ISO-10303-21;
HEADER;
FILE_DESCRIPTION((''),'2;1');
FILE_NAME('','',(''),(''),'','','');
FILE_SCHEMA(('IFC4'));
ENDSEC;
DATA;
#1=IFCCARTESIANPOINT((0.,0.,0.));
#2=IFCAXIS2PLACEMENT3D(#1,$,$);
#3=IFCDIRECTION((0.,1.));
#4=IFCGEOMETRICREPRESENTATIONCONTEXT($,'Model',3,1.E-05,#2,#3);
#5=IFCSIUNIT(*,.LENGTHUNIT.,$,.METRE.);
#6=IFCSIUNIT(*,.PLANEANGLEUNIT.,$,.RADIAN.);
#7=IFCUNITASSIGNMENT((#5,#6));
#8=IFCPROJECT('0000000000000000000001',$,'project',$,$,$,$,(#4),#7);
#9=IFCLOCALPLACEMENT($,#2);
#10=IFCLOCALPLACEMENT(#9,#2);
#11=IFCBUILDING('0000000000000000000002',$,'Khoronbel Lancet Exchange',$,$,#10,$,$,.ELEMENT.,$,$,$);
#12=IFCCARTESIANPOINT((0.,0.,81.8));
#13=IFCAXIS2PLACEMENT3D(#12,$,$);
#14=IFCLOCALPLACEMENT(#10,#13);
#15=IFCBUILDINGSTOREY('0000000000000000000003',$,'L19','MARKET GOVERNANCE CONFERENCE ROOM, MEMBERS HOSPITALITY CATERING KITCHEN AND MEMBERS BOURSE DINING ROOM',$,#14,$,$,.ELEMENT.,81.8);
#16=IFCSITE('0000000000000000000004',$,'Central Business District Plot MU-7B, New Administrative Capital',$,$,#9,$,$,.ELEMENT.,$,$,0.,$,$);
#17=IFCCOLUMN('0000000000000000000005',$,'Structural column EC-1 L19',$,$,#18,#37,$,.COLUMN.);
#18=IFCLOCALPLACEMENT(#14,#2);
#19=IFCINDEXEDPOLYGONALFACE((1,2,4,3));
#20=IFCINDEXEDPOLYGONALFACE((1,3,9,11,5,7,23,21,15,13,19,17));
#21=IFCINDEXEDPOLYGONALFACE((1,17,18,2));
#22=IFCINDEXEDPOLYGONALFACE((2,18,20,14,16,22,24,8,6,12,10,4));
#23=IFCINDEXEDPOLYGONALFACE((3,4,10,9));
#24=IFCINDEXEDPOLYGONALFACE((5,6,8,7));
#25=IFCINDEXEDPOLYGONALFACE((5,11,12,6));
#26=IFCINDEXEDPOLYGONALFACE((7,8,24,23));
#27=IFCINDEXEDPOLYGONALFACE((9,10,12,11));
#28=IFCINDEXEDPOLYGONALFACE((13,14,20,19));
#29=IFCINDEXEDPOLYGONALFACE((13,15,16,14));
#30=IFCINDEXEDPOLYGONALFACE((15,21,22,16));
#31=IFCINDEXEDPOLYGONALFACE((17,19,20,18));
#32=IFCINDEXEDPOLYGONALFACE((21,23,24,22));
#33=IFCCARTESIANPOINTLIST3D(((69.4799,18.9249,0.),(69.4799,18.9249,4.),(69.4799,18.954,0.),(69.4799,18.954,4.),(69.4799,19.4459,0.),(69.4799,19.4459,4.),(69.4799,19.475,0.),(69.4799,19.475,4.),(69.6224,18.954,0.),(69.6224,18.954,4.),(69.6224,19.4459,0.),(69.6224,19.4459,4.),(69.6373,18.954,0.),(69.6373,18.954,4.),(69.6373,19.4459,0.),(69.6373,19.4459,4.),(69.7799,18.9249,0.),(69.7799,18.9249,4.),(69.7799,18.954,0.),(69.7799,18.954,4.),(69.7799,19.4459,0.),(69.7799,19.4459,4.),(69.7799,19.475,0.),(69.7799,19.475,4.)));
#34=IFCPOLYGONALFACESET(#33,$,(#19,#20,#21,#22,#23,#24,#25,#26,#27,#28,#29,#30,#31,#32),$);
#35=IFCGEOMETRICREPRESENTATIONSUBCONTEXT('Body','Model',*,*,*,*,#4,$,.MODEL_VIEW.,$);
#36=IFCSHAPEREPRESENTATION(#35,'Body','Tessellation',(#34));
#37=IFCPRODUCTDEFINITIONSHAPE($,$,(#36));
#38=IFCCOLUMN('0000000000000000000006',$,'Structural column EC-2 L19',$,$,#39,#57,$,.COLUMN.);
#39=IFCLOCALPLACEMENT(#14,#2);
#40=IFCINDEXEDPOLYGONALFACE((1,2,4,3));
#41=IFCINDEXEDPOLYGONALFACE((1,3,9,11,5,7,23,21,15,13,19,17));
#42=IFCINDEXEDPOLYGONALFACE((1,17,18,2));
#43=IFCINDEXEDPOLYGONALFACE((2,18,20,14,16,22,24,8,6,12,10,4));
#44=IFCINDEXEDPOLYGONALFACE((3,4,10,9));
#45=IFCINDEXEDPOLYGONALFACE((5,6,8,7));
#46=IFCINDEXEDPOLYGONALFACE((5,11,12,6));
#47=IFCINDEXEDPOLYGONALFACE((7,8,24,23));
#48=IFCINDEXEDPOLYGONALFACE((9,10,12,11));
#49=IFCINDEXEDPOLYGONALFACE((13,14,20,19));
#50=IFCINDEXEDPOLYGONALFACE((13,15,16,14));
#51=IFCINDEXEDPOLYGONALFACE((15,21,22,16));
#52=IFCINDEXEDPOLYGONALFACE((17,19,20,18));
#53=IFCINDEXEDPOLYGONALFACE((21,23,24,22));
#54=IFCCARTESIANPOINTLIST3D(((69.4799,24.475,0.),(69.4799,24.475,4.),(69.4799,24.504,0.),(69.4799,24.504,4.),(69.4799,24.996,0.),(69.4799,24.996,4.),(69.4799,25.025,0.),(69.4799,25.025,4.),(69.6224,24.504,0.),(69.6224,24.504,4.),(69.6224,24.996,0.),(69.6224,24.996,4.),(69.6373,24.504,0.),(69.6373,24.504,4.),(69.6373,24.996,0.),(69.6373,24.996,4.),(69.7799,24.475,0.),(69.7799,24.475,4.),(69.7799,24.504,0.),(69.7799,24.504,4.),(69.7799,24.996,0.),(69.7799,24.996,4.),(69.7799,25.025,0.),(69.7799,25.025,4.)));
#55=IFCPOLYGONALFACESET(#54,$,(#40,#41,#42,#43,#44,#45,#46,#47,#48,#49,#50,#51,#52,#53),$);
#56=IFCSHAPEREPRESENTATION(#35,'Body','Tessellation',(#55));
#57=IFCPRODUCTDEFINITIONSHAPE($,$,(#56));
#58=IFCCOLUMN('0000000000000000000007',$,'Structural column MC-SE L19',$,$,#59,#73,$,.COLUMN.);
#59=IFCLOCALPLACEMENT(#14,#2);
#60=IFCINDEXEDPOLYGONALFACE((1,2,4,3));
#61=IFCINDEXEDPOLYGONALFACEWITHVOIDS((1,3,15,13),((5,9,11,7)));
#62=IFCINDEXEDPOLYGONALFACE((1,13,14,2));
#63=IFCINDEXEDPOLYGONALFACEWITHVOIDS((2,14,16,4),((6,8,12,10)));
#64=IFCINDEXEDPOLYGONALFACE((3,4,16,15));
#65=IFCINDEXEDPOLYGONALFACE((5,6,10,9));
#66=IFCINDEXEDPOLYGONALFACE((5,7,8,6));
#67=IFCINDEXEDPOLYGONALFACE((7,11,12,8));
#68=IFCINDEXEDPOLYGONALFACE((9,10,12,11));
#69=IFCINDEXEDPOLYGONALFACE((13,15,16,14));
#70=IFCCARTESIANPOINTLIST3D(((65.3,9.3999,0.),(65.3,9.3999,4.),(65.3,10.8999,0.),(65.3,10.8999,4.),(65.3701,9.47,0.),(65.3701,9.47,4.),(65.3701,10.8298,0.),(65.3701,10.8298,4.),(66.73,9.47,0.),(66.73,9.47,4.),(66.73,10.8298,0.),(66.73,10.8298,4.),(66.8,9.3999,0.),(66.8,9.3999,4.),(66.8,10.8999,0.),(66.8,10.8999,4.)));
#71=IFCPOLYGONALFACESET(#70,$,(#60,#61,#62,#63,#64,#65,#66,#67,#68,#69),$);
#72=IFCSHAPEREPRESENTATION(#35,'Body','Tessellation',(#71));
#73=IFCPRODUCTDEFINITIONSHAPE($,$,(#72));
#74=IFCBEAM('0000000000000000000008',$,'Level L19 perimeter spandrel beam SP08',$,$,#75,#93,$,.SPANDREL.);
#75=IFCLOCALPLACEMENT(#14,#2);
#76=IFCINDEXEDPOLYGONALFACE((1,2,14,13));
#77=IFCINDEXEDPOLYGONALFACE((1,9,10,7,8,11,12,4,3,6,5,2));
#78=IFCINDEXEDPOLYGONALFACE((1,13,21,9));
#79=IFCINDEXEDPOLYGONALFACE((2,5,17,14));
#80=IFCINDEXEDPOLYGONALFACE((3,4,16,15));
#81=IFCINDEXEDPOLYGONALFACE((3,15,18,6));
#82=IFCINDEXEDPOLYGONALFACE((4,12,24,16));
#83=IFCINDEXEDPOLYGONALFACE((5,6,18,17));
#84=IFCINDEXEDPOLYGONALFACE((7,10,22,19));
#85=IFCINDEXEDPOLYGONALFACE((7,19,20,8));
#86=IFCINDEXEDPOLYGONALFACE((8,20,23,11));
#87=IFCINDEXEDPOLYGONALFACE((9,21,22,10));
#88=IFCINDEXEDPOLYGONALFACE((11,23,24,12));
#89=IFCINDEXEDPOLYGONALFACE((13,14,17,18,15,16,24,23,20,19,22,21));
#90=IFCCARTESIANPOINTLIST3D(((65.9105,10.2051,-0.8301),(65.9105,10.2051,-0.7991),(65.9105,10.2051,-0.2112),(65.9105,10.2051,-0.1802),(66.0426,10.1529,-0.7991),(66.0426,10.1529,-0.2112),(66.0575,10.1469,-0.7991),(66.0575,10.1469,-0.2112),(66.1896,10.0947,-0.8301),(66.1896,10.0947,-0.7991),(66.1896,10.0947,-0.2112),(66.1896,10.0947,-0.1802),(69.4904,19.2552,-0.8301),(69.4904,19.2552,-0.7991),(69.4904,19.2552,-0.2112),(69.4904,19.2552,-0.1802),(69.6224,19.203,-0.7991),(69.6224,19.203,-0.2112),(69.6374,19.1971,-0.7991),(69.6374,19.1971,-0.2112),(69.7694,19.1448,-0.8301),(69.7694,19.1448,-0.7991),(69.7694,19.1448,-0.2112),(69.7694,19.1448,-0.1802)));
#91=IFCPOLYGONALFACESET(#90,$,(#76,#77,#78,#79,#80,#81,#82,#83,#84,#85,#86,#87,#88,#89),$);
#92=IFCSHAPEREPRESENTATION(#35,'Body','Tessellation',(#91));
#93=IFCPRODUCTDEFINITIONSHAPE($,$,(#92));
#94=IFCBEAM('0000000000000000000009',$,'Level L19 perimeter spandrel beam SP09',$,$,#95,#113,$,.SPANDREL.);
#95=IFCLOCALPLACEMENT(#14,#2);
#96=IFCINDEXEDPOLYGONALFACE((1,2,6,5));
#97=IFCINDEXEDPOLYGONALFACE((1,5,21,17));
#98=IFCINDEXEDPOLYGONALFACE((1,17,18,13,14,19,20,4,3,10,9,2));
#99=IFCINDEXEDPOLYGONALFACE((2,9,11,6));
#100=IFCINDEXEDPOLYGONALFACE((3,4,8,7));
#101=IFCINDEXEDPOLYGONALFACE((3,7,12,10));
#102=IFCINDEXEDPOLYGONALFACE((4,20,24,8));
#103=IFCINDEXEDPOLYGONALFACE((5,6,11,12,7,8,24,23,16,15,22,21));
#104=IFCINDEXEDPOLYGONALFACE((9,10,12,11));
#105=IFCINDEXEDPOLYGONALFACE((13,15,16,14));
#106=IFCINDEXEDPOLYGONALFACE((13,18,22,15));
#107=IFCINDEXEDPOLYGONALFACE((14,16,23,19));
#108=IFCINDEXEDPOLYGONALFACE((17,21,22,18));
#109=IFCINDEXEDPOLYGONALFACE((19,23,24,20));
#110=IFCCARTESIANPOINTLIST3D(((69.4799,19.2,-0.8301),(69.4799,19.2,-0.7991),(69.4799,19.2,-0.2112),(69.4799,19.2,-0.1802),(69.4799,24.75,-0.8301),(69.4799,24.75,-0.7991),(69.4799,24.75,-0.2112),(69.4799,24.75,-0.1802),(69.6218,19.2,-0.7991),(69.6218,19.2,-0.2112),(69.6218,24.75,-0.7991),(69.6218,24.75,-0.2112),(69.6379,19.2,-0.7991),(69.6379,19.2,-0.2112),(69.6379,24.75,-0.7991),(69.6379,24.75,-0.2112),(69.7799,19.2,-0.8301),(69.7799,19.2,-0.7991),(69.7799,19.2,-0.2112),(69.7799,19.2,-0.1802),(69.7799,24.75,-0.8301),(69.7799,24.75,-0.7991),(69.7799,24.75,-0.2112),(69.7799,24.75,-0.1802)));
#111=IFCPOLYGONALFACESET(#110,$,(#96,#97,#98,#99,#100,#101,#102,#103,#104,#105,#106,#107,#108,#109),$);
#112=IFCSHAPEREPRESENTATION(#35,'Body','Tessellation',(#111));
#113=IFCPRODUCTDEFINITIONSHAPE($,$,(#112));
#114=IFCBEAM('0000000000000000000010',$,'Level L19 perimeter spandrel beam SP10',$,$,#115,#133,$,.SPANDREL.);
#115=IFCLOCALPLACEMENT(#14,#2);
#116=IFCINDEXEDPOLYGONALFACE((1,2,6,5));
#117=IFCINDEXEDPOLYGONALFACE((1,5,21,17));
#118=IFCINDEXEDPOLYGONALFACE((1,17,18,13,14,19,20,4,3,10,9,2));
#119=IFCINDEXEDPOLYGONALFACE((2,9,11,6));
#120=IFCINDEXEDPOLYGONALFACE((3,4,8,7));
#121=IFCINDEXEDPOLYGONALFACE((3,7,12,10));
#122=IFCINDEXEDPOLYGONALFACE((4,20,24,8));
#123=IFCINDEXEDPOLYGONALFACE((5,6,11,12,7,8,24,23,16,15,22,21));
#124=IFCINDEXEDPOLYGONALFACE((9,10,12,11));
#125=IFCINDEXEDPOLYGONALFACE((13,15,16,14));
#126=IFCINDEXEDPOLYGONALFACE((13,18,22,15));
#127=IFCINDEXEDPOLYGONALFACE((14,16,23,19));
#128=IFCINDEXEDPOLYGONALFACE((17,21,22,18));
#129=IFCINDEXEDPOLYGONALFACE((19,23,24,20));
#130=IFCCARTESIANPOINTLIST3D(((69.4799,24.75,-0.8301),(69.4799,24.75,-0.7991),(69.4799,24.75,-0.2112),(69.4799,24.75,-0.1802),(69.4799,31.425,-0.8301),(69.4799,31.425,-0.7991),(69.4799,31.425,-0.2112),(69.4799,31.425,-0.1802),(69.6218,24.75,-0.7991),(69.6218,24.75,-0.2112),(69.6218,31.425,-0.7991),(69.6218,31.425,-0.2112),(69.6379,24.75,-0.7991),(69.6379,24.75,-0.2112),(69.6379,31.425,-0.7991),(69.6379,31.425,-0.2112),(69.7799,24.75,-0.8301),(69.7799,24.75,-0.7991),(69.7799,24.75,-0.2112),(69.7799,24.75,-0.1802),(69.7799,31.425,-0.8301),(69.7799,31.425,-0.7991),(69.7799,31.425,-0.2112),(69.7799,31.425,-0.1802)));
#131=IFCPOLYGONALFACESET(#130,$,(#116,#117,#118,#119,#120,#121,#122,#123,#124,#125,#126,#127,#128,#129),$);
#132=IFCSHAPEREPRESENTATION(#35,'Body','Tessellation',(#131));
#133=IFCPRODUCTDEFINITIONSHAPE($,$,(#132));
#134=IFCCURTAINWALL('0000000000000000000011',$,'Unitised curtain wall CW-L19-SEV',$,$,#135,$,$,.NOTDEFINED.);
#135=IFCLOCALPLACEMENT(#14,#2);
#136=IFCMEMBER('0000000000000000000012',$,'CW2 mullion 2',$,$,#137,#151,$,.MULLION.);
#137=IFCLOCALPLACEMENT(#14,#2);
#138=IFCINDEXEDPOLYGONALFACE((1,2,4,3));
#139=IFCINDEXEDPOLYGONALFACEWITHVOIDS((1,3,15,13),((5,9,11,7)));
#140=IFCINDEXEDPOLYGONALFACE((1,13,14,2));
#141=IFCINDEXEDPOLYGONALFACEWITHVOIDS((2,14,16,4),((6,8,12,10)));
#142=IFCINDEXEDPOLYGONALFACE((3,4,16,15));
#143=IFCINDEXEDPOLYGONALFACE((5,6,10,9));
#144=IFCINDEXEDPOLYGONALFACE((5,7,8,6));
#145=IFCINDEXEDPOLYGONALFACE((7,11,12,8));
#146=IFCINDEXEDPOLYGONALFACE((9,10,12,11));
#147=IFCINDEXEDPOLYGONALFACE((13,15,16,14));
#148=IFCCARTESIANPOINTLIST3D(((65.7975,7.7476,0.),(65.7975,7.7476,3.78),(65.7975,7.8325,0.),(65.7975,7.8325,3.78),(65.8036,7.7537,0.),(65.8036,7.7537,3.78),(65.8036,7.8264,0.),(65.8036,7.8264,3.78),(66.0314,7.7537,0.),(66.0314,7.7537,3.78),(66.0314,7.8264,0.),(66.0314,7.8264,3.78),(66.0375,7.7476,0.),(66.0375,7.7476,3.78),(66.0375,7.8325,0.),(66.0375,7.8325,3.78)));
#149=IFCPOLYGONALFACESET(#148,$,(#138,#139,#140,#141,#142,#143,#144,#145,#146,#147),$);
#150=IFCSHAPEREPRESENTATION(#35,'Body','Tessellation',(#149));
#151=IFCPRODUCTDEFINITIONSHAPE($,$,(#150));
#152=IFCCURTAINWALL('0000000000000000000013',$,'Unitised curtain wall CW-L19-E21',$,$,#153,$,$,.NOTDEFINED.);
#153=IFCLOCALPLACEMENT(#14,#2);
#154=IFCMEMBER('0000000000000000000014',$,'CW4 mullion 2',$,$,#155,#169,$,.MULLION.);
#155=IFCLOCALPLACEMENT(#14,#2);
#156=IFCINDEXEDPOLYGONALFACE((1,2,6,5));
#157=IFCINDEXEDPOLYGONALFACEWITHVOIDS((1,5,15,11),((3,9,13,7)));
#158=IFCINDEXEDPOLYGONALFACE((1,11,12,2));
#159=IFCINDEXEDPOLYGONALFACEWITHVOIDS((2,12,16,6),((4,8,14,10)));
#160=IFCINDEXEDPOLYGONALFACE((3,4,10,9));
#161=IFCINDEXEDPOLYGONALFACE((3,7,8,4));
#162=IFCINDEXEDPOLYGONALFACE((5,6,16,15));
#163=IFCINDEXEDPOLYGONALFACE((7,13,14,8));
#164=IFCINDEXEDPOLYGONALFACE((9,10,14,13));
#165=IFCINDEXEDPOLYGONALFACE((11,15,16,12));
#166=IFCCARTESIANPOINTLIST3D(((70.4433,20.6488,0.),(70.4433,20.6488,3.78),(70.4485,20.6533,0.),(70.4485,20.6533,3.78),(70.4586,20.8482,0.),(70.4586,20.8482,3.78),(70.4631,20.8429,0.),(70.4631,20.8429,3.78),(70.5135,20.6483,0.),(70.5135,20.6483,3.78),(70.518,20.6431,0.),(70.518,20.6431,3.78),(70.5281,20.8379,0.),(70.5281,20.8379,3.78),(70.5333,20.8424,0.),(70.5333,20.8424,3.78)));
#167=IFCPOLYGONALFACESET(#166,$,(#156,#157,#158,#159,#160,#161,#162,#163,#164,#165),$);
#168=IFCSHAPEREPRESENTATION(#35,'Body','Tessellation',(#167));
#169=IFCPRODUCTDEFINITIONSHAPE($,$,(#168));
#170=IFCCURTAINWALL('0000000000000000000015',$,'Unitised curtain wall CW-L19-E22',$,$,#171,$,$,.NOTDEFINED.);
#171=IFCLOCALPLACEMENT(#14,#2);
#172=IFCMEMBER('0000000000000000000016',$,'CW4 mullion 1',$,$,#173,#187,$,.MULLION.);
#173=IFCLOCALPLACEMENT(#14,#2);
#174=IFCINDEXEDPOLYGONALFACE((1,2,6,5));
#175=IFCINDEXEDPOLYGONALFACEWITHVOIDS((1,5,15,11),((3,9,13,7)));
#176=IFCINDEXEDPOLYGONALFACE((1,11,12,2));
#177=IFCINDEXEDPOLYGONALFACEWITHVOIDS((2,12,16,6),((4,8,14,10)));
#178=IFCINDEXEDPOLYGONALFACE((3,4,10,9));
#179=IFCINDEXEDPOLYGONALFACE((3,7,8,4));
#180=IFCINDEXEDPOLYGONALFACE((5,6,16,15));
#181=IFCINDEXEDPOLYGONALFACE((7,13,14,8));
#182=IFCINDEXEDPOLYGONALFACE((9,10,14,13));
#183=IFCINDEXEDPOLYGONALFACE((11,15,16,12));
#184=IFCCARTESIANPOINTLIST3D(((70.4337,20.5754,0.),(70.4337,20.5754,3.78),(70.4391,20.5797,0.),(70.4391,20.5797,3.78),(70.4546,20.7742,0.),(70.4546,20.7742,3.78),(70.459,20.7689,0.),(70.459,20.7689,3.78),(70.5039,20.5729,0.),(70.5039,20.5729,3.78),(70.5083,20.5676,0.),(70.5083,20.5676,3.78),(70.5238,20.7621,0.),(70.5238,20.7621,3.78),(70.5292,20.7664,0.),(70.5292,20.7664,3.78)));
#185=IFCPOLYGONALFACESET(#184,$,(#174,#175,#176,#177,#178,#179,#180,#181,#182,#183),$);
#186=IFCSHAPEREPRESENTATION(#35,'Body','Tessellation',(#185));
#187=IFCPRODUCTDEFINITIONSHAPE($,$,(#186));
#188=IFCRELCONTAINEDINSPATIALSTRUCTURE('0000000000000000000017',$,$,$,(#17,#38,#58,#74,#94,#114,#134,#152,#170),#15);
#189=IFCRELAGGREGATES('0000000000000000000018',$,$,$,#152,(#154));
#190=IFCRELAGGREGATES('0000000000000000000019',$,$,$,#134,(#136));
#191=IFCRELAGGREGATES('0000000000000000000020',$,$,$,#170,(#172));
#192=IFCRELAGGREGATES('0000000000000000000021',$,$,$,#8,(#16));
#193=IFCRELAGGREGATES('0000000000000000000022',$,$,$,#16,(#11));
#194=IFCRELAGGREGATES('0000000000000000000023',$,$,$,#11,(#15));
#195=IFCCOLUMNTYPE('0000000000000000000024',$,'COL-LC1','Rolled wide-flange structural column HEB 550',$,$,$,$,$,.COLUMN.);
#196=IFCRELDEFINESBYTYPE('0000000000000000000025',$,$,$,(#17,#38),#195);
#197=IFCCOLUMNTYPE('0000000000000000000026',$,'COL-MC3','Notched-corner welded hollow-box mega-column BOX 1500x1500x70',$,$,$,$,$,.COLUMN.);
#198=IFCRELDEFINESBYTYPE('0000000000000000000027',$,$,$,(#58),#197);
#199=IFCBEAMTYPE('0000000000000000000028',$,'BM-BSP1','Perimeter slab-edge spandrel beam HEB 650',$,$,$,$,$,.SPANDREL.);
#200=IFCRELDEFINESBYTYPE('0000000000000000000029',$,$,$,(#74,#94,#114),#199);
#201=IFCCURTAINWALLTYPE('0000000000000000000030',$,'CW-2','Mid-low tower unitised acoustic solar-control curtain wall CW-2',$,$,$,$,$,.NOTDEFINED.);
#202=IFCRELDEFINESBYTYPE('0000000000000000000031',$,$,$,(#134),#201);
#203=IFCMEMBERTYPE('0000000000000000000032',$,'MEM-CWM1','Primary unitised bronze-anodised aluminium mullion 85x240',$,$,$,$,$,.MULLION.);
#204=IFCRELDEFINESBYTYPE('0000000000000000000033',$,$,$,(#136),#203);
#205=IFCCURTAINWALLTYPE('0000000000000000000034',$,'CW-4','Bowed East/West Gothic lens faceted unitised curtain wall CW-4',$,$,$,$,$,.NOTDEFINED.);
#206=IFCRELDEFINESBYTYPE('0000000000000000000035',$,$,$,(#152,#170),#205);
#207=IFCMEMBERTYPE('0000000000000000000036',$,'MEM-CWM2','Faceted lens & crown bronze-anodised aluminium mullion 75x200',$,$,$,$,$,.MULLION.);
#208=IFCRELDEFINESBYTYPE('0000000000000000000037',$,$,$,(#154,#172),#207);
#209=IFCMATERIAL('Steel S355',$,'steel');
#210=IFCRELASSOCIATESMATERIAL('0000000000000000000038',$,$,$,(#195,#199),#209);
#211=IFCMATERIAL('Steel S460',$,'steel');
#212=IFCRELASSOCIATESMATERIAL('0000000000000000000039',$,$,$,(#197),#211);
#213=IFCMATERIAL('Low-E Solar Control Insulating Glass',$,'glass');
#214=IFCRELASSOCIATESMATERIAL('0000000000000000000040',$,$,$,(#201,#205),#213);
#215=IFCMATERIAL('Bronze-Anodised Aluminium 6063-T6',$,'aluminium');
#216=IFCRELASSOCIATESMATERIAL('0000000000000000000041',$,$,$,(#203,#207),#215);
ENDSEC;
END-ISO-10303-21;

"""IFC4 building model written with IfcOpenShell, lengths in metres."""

from ifc_helpers import new_model, si_unit, direction, frame, origin, origin_2d, place, context, subcontext, project, spatial, hollow_rectangle, i_section, extrude, material, material_profile, profile_set, type_object, element, aggregate, save


model = new_model("IFC4")

# Units and contexts
model_context = context("Model", 3, precision=1e-05, world=origin(), true_north=direction((0.0, 1.0)))
body_context = subcontext(model_context, "Body", "Model", "MODEL_VIEW")
ifc_project = project(units=[si_unit("LENGTHUNIT", "METRE"), si_unit("PLANEANGLEUNIT", "RADIAN")], contexts=[model_context])

# Site, building, storey
site_placement = place(None, origin())
site = spatial("IfcSite", under=ifc_project, at=site_placement, Name="Central Business District Plot MU-7B, New Administrative Capital", CompositionType="ELEMENT", RefElevation=0.0)
building_placement = place(site_placement, origin())
building = spatial("IfcBuilding", under=site, at=building_placement, Name="Khoronbel Lancet Exchange", CompositionType="ELEMENT")
storey_placement = place(building_placement, frame((0.0, 0.0, 81.8)))
storey = spatial("IfcBuildingStorey", under=building, at=storey_placement, Name="L19", Description="MARKET GOVERNANCE CONFERENCE ROOM, MEMBERS HOSPITALITY CATERING KITCHEN AND MEMBERS BOURSE DINING ROOM", CompositionType="ELEMENT", Elevation=81.8)

# Columns
ifc_material_1 = material(Name="Steel S355", Category="steel")
ifc_material_profile_1 = material_profile(ifc_material_1, i_section(OverallWidth=0.3, OverallDepth=0.55, WebThickness=0.0149, FlangeThickness=0.0291, at=origin_2d()), Name="HEB 550")
ifc_profile_set_1 = profile_set([ifc_material_profile_1], Name="Steel S355")
column_type_1 = type_object("IfcColumnType", Name="COL-LC1", Description="Rolled wide-flange structural column HEB 550", PredefinedType="COLUMN", material=ifc_profile_set_1)
for number, where, z_axis, x_axis, name in (
    (1, (69.6299, 19.2, 0.0), (0.0, 0.0, 1.0), (1.0, 0.0, 0.0), "Structural column EC-1 L19"),
    (2, (69.6299, 24.75, 0.0), (0.0, 0.0, 1.0), (1.0, 0.0, 0.0), "Structural column EC-2 L19"),
):
    element("IfcColumn", number, at=place(storey_placement, frame(where, z_axis=z_axis, x_axis=x_axis)), inside=storey, type_object=column_type_1, Name=name, PredefinedType="COLUMN", context=body_context, shape_type="SweptSolid", body=[
        extrude(i_section(OverallWidth=0.3, OverallDepth=0.55, WebThickness=0.0149, FlangeThickness=0.0291, at=origin_2d()), origin(), (0.0, 0.0, 1.0), 4.0),
    ])
ifc_material_2 = material(Name="Steel S460", Category="steel")
ifc_material_profile_2 = material_profile(ifc_material_2, hollow_rectangle(XDim=1.5, YDim=1.5, WallThickness=0.0701, at=origin_2d()), Name="BOX 1500x1500x70")
ifc_profile_set_2 = profile_set([ifc_material_profile_2], Name="Steel S460")
column_type_2 = type_object("IfcColumnType", Name="COL-MC3", Description="Notched-corner welded hollow-box mega-column BOX 1500x1500x70", PredefinedType="COLUMN", material=ifc_profile_set_2)
column_placement = place(storey_placement, frame((66.05, 10.1499, 0.0), z_axis=(0.0, 0.0, 1.0), x_axis=(1.0, 0.0, 0.0)))
element("IfcColumn", 3, at=column_placement, inside=storey, type_object=column_type_2, Name="Structural column MC-SE L19", PredefinedType="COLUMN", context=body_context, shape_type="SweptSolid", body=[
    extrude(hollow_rectangle(XDim=1.5, YDim=1.5, WallThickness=0.0701, at=origin_2d()), origin(), (0.0, 0.0, 1.0), 4.0),
])

# Beams
ifc_material_profile_3 = material_profile(ifc_material_1, i_section(OverallWidth=0.3, OverallDepth=0.6499, WebThickness=0.0161, FlangeThickness=0.031, at=origin_2d()), Name="HEB 650")
ifc_profile_set_3 = profile_set([ifc_material_profile_3], Name="Steel S355")
beam_type = type_object("IfcBeamType", Name="BM-BSP1", Description="Perimeter slab-edge spandrel beam HEB 650", PredefinedType="SPANDREL", material=ifc_profile_set_3)
beam_1_placement = place(storey_placement, frame((66.05, 10.1499, -0.5051), z_axis=(0.367828, 0.929894, 0.0), x_axis=(-0.929894, 0.367828, 0.0)))
element("IfcBeam", 4, at=beam_1_placement, inside=storey, type_object=beam_type, Name="Level L19 perimeter spandrel beam SP08", PredefinedType="SPANDREL", context=body_context, shape_type="SweptSolid", body=[
    extrude(i_section(OverallWidth=0.3, OverallDepth=0.6499, WebThickness=0.0161, FlangeThickness=0.031, at=origin_2d()), origin(), (0.0, 0.0, 1.0), 9.7324),
])
beam_2_placement = place(storey_placement, frame((69.6299, 19.2, -0.5051), z_axis=(0.0, 1.0, 0.0), x_axis=(-1.0, 0.0, 0.0)))
element("IfcBeam", 5, at=beam_2_placement, inside=storey, type_object=beam_type, Name="Level L19 perimeter spandrel beam SP09", PredefinedType="SPANDREL", context=body_context, shape_type="SweptSolid", body=[
    extrude(i_section(OverallWidth=0.3, OverallDepth=0.6499, WebThickness=0.0161, FlangeThickness=0.031, at=origin_2d()), origin(), (0.0, 0.0, 1.0), 5.55),
])
beam_3_placement = place(storey_placement, frame((69.6299, 24.75, -0.5051), z_axis=(0.0, 1.0, 0.0), x_axis=(-1.0, 0.0, 0.0)))
element("IfcBeam", 6, at=beam_3_placement, inside=storey, type_object=beam_type, Name="Level L19 perimeter spandrel beam SP10", PredefinedType="SPANDREL", context=body_context, shape_type="SweptSolid", body=[
    extrude(i_section(OverallWidth=0.3, OverallDepth=0.6499, WebThickness=0.0161, FlangeThickness=0.031, at=origin_2d()), origin(), (0.0, 0.0, 1.0), 6.675),
])

# Curtain walls, members
ifc_material_3 = material(Name="Low-E Solar Control Insulating Glass", Category="glass")
curtain_wall_type_1 = type_object("IfcCurtainWallType", Name="CW-2", Description="Mid-low tower unitised acoustic solar-control curtain wall CW-2", PredefinedType="NOTDEFINED", material=ifc_material_3)
curtain_wall_1_placement = place(storey_placement, origin())
curtain_wall_1 = element("IfcCurtainWall", 7, at=curtain_wall_1_placement, inside=storey, type_object=curtain_wall_type_1, Name="Unitised curtain wall CW-L19-SEV", PredefinedType="NOTDEFINED")
ifc_material_4 = material(Name="Bronze-Anodised Aluminium 6063-T6", Category="aluminium")
ifc_material_profile_4 = material_profile(ifc_material_4, hollow_rectangle(XDim=0.085, YDim=0.24, WallThickness=0.0061, at=origin_2d()), Name="ALU MULLION 85x240")
ifc_profile_set_4 = profile_set([ifc_material_profile_4], Name="Bronze-Anodised Aluminium 6063-T6")
member_type_1 = type_object("IfcMemberType", Name="MEM-CWM1", Description="Primary unitised bronze-anodised aluminium mullion 85x240", PredefinedType="MULLION", material=ifc_profile_set_4)
member_1_placement = place(storey_placement, frame((65.9175, 7.79, 0.0), z_axis=(0.0, 0.0, 1.0), x_axis=(0.0, 1.0, 0.0)))
member_1 = element("IfcMember", 8, at=member_1_placement, type_object=member_type_1, Name="CW2 mullion 2", PredefinedType="MULLION", context=body_context, shape_type="SweptSolid", body=[
    extrude(hollow_rectangle(XDim=0.085, YDim=0.24, WallThickness=0.0061, at=origin_2d()), origin(), (0.0, 0.0, 1.0), 3.78),
])
curtain_wall_type_2 = type_object("IfcCurtainWallType", Name="CW-4", Description="Bowed East/West Gothic lens faceted unitised curtain wall CW-4", PredefinedType="NOTDEFINED", material=ifc_material_3)
curtain_wall_2_placement = place(storey_placement, origin())
curtain_wall_2 = element("IfcCurtainWall", 9, at=curtain_wall_2_placement, inside=storey, type_object=curtain_wall_type_2, Name="Unitised curtain wall CW-L19-E21", PredefinedType="NOTDEFINED")
ifc_material_profile_5 = material_profile(ifc_material_4, hollow_rectangle(XDim=0.075, YDim=0.2, WallThickness=0.0049, at=origin_2d()), Name="ALU MULLION 75x200")
ifc_profile_set_5 = profile_set([ifc_material_profile_5], Name="Bronze-Anodised Aluminium 6063-T6")
member_type_2 = type_object("IfcMemberType", Name="MEM-CWM2", Description="Faceted lens & crown bronze-anodised aluminium mullion 75x200", PredefinedType="MULLION", material=ifc_profile_set_5)
member_2_placement = place(storey_placement, frame((70.4883, 20.7456, 0.0), z_axis=(0.0, 0.0, 1.0), x_axis=(0.99706, -0.076626, 0.0)))
member_2 = element("IfcMember", 10, at=member_2_placement, type_object=member_type_2, Name="CW4 mullion 2", PredefinedType="MULLION", context=body_context, shape_type="SweptSolid", body=[
    extrude(hollow_rectangle(XDim=0.075, YDim=0.2, WallThickness=0.0049, at=origin_2d()), origin(), (0.0, 0.0, 1.0), 3.78),
])

# Curtain wall, member
curtain_wall_3_placement = place(storey_placement, origin())
curtain_wall_3 = element("IfcCurtainWall", 11, at=curtain_wall_3_placement, inside=storey, type_object=curtain_wall_type_2, Name="Unitised curtain wall CW-L19-E22", PredefinedType="NOTDEFINED")
member_3_placement = place(storey_placement, frame((70.4814, 20.6709, 0.0), z_axis=(0.0, 0.0, 1.0), x_axis=(0.994532, -0.104434, 0.0)))
member_3 = element("IfcMember", 12, at=member_3_placement, type_object=member_type_2, Name="CW4 mullion 1", PredefinedType="MULLION", context=body_context, shape_type="SweptSolid", body=[
    extrude(hollow_rectangle(XDim=0.075, YDim=0.2, WallThickness=0.0049, at=origin_2d()), origin(), (0.0, 0.0, 1.0), 3.78),
])

aggregate(curtain_wall_2, [member_2])
aggregate(curtain_wall_1, [member_1])
aggregate(curtain_wall_3, [member_3])

save(model, "model.ifc")
